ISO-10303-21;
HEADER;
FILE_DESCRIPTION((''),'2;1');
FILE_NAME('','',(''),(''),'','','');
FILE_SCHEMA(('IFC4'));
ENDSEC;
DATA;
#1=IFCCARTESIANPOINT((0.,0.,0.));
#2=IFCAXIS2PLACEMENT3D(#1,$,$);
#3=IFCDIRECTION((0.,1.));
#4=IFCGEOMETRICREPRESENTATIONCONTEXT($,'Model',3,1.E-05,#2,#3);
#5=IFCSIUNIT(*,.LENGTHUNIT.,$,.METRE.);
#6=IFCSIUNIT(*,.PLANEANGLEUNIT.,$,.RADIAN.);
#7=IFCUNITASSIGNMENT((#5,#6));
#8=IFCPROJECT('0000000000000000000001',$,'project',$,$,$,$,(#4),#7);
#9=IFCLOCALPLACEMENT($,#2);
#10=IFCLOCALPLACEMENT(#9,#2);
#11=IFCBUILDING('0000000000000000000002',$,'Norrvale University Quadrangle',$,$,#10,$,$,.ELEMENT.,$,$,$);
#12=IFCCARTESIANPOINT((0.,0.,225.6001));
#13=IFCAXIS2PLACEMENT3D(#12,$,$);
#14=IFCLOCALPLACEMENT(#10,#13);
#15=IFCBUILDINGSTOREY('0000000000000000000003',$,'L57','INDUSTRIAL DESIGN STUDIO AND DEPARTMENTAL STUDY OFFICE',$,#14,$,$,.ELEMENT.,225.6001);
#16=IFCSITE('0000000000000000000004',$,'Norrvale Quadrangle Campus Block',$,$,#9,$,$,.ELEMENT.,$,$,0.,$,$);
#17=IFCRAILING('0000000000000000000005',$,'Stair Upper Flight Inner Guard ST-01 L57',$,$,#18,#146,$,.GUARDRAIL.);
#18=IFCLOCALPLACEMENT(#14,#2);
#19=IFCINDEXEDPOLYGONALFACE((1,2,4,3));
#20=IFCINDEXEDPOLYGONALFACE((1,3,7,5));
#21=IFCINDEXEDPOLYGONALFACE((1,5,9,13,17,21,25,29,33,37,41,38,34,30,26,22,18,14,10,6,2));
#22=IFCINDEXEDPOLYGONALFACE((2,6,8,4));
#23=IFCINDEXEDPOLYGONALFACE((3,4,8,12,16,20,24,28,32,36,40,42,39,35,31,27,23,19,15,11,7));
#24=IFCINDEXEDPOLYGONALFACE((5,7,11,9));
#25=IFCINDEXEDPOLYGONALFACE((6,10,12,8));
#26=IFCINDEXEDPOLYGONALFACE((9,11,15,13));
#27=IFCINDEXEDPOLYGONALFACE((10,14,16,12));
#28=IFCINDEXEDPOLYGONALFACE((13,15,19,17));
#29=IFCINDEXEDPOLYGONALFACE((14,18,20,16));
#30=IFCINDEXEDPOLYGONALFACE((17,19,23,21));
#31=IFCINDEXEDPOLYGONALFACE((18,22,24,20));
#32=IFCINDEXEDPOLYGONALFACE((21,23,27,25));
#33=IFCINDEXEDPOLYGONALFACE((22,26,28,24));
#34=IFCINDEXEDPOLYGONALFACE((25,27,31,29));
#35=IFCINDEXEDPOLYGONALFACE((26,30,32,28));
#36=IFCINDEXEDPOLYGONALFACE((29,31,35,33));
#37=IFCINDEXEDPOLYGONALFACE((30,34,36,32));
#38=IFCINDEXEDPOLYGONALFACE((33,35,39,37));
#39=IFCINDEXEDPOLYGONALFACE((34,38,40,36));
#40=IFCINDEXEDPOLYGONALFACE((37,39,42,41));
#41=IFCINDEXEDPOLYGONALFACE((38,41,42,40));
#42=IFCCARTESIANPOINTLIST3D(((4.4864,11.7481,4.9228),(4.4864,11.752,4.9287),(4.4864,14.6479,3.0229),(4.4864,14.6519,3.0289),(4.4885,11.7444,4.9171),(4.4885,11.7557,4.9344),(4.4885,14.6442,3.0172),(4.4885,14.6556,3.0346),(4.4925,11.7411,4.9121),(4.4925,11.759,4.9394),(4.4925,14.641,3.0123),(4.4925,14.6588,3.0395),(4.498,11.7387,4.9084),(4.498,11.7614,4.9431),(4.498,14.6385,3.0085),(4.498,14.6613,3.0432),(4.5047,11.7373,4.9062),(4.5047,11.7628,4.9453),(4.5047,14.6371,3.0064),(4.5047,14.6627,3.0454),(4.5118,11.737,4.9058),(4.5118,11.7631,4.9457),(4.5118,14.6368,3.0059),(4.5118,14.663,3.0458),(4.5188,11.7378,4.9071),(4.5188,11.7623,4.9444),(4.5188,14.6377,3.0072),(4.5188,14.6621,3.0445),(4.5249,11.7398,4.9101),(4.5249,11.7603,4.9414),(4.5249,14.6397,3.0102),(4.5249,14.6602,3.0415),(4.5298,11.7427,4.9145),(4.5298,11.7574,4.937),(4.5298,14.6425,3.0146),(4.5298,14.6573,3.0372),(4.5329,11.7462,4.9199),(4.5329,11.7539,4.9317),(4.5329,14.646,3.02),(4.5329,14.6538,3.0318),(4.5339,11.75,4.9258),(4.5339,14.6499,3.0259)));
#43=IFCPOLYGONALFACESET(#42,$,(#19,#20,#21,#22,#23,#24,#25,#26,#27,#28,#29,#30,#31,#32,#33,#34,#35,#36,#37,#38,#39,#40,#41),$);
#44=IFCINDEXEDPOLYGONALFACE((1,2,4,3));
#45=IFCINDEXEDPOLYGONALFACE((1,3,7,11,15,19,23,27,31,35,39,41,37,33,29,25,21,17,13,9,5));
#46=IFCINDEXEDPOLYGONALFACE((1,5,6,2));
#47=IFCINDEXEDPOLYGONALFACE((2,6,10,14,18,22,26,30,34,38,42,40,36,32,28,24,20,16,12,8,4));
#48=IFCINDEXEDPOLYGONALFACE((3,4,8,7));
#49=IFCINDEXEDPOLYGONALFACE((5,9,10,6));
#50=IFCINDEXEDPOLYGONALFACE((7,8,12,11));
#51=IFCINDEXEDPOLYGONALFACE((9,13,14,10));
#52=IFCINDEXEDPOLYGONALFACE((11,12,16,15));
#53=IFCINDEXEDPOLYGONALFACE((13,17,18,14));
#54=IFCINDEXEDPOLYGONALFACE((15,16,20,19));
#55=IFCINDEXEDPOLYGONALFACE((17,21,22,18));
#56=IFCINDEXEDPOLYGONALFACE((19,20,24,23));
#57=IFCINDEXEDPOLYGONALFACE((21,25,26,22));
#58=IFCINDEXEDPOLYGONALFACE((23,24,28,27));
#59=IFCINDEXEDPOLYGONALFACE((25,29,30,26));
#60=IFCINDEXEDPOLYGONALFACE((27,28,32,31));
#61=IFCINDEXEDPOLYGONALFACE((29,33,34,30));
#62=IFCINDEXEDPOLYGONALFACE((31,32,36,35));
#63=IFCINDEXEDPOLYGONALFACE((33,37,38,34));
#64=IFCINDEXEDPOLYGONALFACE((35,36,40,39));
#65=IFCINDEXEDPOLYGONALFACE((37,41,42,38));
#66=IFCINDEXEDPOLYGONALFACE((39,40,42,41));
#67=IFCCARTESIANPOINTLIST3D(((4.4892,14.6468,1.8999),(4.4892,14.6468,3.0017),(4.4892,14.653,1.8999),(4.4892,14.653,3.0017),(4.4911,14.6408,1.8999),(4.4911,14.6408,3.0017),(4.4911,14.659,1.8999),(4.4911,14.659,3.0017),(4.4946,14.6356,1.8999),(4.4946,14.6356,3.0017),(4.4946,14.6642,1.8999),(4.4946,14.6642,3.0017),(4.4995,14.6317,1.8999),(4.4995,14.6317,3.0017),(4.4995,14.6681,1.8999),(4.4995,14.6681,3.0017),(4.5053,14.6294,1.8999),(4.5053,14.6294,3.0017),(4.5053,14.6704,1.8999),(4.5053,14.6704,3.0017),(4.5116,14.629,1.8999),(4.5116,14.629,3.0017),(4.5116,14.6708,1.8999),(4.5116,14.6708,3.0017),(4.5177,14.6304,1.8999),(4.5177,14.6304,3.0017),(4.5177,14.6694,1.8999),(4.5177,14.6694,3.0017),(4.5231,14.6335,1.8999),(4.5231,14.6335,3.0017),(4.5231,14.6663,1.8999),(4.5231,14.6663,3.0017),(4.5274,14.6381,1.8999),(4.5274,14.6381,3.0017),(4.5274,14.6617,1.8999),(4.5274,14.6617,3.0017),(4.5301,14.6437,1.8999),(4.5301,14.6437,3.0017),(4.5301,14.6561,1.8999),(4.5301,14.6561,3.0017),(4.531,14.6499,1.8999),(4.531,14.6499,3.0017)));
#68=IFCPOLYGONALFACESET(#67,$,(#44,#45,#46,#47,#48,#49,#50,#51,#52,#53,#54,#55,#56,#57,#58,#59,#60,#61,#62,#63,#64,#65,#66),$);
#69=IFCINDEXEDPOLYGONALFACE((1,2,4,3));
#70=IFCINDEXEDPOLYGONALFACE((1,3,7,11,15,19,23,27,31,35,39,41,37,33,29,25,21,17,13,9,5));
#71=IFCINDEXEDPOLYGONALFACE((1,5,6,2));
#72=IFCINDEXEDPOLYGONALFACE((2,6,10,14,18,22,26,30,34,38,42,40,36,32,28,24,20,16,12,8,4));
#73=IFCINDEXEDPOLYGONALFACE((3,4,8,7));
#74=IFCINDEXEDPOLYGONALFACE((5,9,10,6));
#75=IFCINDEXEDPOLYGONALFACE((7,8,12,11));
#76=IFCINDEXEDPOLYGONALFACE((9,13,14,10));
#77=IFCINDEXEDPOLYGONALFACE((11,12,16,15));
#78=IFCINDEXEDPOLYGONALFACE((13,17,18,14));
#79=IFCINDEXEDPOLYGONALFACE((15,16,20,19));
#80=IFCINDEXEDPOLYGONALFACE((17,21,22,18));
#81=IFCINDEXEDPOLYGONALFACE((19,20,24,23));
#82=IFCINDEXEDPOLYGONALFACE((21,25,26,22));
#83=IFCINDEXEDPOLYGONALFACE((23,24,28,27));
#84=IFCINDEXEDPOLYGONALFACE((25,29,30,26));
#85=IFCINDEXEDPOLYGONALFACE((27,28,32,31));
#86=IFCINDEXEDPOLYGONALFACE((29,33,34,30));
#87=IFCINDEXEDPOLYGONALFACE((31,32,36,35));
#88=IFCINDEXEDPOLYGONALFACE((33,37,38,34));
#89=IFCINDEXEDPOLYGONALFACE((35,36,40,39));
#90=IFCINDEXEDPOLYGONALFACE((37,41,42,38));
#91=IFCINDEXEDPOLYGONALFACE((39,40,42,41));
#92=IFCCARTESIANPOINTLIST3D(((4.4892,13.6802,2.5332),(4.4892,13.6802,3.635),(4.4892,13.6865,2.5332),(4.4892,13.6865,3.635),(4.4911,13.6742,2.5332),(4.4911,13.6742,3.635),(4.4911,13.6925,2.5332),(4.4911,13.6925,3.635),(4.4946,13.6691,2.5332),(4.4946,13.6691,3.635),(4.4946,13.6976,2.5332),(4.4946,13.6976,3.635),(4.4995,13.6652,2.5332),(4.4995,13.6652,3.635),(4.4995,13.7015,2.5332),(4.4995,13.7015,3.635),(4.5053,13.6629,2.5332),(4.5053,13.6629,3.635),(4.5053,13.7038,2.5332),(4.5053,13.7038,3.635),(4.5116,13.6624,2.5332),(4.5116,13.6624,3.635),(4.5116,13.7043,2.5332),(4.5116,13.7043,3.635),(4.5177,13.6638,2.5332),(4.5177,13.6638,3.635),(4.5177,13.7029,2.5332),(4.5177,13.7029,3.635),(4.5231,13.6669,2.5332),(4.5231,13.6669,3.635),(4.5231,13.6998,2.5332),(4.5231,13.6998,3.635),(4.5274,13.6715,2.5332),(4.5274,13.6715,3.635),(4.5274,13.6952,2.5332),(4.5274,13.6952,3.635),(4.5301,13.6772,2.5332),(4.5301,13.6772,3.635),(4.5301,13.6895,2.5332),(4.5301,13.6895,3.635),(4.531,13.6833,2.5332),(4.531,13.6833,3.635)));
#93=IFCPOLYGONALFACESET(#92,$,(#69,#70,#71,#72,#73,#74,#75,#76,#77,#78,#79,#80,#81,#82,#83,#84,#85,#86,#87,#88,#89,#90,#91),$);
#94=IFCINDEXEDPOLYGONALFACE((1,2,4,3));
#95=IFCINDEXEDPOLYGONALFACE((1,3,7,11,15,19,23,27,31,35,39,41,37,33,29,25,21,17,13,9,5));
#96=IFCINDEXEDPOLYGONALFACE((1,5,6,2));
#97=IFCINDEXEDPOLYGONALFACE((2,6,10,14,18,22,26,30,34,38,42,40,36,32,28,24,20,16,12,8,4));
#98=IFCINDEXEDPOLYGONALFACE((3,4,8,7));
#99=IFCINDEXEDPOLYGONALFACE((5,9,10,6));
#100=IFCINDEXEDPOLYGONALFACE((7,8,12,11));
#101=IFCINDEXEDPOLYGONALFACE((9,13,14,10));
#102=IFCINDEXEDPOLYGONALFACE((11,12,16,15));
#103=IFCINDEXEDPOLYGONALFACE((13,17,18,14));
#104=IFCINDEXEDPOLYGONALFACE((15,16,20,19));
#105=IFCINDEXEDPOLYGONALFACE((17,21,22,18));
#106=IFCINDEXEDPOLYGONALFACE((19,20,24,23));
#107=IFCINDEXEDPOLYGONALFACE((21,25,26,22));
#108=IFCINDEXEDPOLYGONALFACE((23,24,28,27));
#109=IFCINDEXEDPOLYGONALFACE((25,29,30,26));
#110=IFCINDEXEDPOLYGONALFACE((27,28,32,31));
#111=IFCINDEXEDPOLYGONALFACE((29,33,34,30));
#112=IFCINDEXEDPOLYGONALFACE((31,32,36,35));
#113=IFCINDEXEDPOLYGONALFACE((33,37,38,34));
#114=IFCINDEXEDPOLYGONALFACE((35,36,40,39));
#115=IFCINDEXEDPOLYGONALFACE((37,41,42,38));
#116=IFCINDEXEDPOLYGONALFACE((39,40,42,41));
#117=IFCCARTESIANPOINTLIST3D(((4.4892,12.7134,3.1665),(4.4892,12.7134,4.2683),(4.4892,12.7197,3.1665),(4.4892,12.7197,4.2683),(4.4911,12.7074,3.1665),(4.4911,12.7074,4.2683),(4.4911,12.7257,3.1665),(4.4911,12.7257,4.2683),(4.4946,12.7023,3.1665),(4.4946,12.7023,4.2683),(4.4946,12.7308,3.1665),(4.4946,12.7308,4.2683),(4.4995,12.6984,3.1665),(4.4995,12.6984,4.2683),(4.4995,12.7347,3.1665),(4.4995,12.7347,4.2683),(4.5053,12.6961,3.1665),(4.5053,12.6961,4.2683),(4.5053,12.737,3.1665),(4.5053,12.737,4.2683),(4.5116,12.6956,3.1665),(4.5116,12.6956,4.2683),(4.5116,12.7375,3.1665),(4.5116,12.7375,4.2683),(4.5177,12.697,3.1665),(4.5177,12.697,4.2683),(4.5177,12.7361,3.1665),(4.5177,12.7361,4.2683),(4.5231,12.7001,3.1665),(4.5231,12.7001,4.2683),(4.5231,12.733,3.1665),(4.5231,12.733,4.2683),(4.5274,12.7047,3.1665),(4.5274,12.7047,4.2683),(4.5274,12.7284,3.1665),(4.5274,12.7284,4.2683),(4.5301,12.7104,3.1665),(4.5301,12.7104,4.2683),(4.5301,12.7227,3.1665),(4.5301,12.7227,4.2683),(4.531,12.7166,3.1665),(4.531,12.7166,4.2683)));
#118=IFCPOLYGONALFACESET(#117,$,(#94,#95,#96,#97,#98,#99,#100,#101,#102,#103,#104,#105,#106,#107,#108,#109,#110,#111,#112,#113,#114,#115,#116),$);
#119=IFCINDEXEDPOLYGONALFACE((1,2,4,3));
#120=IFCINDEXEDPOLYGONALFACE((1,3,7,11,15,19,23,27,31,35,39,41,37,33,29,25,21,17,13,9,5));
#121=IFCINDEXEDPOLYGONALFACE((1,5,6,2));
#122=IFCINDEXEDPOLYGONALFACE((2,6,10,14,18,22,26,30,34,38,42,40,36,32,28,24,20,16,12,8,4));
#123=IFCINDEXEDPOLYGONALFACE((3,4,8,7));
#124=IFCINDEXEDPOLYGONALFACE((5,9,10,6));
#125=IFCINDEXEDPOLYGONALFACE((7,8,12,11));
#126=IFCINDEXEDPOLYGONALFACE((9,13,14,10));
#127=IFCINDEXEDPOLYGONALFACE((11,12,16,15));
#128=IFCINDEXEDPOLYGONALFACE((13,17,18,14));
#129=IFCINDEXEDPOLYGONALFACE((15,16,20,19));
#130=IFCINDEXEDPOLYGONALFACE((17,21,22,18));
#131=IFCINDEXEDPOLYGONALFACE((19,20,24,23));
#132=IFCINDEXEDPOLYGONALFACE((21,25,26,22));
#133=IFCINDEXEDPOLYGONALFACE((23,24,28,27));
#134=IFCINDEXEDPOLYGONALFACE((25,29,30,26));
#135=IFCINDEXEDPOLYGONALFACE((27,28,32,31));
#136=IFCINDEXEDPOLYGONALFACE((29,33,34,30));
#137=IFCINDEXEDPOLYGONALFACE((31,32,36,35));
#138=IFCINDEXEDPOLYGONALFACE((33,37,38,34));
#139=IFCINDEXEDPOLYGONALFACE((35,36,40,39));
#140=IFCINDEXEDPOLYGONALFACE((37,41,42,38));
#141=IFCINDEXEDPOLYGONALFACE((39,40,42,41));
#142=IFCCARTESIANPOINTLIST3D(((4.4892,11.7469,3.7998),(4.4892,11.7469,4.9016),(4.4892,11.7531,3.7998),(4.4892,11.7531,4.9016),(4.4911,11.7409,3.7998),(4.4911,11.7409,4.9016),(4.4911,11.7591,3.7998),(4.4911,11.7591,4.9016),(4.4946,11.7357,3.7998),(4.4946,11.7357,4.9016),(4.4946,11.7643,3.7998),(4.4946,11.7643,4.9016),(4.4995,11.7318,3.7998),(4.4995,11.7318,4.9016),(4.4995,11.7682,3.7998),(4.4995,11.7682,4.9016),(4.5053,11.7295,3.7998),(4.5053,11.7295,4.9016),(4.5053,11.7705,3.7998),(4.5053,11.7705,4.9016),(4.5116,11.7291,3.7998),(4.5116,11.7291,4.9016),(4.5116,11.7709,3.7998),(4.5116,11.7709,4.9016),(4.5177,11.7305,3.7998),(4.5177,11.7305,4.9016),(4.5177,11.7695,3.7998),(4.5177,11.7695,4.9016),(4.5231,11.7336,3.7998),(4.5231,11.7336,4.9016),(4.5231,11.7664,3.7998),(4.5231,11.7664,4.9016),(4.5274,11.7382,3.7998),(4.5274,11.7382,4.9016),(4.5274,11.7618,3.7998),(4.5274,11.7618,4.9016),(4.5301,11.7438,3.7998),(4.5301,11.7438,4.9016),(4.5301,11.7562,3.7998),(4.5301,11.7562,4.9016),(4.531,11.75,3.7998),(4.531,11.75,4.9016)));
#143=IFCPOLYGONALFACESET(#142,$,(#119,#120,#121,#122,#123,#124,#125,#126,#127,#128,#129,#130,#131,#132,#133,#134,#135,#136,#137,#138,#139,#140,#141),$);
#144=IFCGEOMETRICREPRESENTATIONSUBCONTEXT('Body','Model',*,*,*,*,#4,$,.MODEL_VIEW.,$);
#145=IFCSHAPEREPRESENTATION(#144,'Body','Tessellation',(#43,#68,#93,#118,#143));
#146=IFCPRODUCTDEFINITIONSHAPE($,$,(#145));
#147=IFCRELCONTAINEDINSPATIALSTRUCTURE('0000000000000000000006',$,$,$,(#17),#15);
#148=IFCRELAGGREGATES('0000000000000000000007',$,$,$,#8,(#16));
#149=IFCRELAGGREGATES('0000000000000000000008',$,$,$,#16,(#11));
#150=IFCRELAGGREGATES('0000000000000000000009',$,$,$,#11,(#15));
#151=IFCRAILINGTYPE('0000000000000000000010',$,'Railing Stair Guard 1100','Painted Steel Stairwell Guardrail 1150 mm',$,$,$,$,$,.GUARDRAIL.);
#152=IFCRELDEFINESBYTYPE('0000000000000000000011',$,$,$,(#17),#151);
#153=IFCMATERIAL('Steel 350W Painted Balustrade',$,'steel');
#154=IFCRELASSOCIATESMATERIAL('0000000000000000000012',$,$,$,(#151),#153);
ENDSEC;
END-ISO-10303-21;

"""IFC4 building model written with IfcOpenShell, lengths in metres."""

from ifc_helpers import new_model, si_unit, direction, frame, origin, origin_2d, place, context, subcontext, project, spatial, circle, extrude, material, type_object, element, save


model = new_model("IFC4")

# Units and contexts
model_context = context("Model", 3, precision=1e-05, world=origin(), true_north=direction((0.0, 1.0)))
body_context = subcontext(model_context, "Body", "Model", "MODEL_VIEW")
ifc_project = project(units=[si_unit("LENGTHUNIT", "METRE"), si_unit("PLANEANGLEUNIT", "RADIAN")], contexts=[model_context])

# Site, building, storey
site_placement = place(None, origin())
site = spatial("IfcSite", under=ifc_project, at=site_placement, Name="Norrvale Quadrangle Campus Block", CompositionType="ELEMENT", RefElevation=0.0)
building_placement = place(site_placement, origin())
building = spatial("IfcBuilding", under=site, at=building_placement, Name="Norrvale University Quadrangle", CompositionType="ELEMENT")
storey_placement = place(building_placement, frame((0.0, 0.0, 225.6001)))
storey = spatial("IfcBuildingStorey", under=building, at=storey_placement, Name="L57", Description="INDUSTRIAL DESIGN STUDIO AND DEPARTMENTAL STUDY OFFICE", CompositionType="ELEMENT", Elevation=225.6001)

# Railing
ifc_material_1 = material(Name="Steel 350W Painted Balustrade", Category="steel")
railing_type_1 = type_object("IfcRailingType", Name="Railing Stair Guard 1100", Description="Painted Steel Stairwell Guardrail 1150 mm", PredefinedType="GUARDRAIL", material=ifc_material_1)
railing_1_placement = place(storey_placement, frame((4.51, 14.6499, 1.8999)))
element("IfcRailing", 1, at=railing_1_placement, inside=storey, type_object=railing_type_1, Name="Stair Upper Flight Inner Guard ST-01 L57", PredefinedType="GUARDRAIL", context=body_context, shape_type="SweptSolid", body=[
    extrude(circle(Radius=0.0239, at=origin_2d()), frame((0.0, 0.0, 1.126), z_axis=(0.0, -0.836466, 0.548019), x_axis=(1.0, 0.0, 0.0)), (0.0, 0.0, 1.0), 3.4668),
    extrude(circle(Radius=0.021, at=origin_2d()), origin(), (0.0, 0.0, 1.0), 1.1018),
    extrude(circle(Radius=0.021, at=origin_2d()), frame((0.0, -0.9666, 0.6333)), (0.0, 0.0, 1.0), 1.1018),
    extrude(circle(Radius=0.021, at=origin_2d()), frame((0.0, -1.9333, 1.2666)), (0.0, 0.0, 1.0), 1.1018),
    extrude(circle(Radius=0.021, at=origin_2d()), frame((0.0, -2.8999, 1.8999)), (0.0, 0.0, 1.0), 1.1018),
])

save(model, "model.ifc")
